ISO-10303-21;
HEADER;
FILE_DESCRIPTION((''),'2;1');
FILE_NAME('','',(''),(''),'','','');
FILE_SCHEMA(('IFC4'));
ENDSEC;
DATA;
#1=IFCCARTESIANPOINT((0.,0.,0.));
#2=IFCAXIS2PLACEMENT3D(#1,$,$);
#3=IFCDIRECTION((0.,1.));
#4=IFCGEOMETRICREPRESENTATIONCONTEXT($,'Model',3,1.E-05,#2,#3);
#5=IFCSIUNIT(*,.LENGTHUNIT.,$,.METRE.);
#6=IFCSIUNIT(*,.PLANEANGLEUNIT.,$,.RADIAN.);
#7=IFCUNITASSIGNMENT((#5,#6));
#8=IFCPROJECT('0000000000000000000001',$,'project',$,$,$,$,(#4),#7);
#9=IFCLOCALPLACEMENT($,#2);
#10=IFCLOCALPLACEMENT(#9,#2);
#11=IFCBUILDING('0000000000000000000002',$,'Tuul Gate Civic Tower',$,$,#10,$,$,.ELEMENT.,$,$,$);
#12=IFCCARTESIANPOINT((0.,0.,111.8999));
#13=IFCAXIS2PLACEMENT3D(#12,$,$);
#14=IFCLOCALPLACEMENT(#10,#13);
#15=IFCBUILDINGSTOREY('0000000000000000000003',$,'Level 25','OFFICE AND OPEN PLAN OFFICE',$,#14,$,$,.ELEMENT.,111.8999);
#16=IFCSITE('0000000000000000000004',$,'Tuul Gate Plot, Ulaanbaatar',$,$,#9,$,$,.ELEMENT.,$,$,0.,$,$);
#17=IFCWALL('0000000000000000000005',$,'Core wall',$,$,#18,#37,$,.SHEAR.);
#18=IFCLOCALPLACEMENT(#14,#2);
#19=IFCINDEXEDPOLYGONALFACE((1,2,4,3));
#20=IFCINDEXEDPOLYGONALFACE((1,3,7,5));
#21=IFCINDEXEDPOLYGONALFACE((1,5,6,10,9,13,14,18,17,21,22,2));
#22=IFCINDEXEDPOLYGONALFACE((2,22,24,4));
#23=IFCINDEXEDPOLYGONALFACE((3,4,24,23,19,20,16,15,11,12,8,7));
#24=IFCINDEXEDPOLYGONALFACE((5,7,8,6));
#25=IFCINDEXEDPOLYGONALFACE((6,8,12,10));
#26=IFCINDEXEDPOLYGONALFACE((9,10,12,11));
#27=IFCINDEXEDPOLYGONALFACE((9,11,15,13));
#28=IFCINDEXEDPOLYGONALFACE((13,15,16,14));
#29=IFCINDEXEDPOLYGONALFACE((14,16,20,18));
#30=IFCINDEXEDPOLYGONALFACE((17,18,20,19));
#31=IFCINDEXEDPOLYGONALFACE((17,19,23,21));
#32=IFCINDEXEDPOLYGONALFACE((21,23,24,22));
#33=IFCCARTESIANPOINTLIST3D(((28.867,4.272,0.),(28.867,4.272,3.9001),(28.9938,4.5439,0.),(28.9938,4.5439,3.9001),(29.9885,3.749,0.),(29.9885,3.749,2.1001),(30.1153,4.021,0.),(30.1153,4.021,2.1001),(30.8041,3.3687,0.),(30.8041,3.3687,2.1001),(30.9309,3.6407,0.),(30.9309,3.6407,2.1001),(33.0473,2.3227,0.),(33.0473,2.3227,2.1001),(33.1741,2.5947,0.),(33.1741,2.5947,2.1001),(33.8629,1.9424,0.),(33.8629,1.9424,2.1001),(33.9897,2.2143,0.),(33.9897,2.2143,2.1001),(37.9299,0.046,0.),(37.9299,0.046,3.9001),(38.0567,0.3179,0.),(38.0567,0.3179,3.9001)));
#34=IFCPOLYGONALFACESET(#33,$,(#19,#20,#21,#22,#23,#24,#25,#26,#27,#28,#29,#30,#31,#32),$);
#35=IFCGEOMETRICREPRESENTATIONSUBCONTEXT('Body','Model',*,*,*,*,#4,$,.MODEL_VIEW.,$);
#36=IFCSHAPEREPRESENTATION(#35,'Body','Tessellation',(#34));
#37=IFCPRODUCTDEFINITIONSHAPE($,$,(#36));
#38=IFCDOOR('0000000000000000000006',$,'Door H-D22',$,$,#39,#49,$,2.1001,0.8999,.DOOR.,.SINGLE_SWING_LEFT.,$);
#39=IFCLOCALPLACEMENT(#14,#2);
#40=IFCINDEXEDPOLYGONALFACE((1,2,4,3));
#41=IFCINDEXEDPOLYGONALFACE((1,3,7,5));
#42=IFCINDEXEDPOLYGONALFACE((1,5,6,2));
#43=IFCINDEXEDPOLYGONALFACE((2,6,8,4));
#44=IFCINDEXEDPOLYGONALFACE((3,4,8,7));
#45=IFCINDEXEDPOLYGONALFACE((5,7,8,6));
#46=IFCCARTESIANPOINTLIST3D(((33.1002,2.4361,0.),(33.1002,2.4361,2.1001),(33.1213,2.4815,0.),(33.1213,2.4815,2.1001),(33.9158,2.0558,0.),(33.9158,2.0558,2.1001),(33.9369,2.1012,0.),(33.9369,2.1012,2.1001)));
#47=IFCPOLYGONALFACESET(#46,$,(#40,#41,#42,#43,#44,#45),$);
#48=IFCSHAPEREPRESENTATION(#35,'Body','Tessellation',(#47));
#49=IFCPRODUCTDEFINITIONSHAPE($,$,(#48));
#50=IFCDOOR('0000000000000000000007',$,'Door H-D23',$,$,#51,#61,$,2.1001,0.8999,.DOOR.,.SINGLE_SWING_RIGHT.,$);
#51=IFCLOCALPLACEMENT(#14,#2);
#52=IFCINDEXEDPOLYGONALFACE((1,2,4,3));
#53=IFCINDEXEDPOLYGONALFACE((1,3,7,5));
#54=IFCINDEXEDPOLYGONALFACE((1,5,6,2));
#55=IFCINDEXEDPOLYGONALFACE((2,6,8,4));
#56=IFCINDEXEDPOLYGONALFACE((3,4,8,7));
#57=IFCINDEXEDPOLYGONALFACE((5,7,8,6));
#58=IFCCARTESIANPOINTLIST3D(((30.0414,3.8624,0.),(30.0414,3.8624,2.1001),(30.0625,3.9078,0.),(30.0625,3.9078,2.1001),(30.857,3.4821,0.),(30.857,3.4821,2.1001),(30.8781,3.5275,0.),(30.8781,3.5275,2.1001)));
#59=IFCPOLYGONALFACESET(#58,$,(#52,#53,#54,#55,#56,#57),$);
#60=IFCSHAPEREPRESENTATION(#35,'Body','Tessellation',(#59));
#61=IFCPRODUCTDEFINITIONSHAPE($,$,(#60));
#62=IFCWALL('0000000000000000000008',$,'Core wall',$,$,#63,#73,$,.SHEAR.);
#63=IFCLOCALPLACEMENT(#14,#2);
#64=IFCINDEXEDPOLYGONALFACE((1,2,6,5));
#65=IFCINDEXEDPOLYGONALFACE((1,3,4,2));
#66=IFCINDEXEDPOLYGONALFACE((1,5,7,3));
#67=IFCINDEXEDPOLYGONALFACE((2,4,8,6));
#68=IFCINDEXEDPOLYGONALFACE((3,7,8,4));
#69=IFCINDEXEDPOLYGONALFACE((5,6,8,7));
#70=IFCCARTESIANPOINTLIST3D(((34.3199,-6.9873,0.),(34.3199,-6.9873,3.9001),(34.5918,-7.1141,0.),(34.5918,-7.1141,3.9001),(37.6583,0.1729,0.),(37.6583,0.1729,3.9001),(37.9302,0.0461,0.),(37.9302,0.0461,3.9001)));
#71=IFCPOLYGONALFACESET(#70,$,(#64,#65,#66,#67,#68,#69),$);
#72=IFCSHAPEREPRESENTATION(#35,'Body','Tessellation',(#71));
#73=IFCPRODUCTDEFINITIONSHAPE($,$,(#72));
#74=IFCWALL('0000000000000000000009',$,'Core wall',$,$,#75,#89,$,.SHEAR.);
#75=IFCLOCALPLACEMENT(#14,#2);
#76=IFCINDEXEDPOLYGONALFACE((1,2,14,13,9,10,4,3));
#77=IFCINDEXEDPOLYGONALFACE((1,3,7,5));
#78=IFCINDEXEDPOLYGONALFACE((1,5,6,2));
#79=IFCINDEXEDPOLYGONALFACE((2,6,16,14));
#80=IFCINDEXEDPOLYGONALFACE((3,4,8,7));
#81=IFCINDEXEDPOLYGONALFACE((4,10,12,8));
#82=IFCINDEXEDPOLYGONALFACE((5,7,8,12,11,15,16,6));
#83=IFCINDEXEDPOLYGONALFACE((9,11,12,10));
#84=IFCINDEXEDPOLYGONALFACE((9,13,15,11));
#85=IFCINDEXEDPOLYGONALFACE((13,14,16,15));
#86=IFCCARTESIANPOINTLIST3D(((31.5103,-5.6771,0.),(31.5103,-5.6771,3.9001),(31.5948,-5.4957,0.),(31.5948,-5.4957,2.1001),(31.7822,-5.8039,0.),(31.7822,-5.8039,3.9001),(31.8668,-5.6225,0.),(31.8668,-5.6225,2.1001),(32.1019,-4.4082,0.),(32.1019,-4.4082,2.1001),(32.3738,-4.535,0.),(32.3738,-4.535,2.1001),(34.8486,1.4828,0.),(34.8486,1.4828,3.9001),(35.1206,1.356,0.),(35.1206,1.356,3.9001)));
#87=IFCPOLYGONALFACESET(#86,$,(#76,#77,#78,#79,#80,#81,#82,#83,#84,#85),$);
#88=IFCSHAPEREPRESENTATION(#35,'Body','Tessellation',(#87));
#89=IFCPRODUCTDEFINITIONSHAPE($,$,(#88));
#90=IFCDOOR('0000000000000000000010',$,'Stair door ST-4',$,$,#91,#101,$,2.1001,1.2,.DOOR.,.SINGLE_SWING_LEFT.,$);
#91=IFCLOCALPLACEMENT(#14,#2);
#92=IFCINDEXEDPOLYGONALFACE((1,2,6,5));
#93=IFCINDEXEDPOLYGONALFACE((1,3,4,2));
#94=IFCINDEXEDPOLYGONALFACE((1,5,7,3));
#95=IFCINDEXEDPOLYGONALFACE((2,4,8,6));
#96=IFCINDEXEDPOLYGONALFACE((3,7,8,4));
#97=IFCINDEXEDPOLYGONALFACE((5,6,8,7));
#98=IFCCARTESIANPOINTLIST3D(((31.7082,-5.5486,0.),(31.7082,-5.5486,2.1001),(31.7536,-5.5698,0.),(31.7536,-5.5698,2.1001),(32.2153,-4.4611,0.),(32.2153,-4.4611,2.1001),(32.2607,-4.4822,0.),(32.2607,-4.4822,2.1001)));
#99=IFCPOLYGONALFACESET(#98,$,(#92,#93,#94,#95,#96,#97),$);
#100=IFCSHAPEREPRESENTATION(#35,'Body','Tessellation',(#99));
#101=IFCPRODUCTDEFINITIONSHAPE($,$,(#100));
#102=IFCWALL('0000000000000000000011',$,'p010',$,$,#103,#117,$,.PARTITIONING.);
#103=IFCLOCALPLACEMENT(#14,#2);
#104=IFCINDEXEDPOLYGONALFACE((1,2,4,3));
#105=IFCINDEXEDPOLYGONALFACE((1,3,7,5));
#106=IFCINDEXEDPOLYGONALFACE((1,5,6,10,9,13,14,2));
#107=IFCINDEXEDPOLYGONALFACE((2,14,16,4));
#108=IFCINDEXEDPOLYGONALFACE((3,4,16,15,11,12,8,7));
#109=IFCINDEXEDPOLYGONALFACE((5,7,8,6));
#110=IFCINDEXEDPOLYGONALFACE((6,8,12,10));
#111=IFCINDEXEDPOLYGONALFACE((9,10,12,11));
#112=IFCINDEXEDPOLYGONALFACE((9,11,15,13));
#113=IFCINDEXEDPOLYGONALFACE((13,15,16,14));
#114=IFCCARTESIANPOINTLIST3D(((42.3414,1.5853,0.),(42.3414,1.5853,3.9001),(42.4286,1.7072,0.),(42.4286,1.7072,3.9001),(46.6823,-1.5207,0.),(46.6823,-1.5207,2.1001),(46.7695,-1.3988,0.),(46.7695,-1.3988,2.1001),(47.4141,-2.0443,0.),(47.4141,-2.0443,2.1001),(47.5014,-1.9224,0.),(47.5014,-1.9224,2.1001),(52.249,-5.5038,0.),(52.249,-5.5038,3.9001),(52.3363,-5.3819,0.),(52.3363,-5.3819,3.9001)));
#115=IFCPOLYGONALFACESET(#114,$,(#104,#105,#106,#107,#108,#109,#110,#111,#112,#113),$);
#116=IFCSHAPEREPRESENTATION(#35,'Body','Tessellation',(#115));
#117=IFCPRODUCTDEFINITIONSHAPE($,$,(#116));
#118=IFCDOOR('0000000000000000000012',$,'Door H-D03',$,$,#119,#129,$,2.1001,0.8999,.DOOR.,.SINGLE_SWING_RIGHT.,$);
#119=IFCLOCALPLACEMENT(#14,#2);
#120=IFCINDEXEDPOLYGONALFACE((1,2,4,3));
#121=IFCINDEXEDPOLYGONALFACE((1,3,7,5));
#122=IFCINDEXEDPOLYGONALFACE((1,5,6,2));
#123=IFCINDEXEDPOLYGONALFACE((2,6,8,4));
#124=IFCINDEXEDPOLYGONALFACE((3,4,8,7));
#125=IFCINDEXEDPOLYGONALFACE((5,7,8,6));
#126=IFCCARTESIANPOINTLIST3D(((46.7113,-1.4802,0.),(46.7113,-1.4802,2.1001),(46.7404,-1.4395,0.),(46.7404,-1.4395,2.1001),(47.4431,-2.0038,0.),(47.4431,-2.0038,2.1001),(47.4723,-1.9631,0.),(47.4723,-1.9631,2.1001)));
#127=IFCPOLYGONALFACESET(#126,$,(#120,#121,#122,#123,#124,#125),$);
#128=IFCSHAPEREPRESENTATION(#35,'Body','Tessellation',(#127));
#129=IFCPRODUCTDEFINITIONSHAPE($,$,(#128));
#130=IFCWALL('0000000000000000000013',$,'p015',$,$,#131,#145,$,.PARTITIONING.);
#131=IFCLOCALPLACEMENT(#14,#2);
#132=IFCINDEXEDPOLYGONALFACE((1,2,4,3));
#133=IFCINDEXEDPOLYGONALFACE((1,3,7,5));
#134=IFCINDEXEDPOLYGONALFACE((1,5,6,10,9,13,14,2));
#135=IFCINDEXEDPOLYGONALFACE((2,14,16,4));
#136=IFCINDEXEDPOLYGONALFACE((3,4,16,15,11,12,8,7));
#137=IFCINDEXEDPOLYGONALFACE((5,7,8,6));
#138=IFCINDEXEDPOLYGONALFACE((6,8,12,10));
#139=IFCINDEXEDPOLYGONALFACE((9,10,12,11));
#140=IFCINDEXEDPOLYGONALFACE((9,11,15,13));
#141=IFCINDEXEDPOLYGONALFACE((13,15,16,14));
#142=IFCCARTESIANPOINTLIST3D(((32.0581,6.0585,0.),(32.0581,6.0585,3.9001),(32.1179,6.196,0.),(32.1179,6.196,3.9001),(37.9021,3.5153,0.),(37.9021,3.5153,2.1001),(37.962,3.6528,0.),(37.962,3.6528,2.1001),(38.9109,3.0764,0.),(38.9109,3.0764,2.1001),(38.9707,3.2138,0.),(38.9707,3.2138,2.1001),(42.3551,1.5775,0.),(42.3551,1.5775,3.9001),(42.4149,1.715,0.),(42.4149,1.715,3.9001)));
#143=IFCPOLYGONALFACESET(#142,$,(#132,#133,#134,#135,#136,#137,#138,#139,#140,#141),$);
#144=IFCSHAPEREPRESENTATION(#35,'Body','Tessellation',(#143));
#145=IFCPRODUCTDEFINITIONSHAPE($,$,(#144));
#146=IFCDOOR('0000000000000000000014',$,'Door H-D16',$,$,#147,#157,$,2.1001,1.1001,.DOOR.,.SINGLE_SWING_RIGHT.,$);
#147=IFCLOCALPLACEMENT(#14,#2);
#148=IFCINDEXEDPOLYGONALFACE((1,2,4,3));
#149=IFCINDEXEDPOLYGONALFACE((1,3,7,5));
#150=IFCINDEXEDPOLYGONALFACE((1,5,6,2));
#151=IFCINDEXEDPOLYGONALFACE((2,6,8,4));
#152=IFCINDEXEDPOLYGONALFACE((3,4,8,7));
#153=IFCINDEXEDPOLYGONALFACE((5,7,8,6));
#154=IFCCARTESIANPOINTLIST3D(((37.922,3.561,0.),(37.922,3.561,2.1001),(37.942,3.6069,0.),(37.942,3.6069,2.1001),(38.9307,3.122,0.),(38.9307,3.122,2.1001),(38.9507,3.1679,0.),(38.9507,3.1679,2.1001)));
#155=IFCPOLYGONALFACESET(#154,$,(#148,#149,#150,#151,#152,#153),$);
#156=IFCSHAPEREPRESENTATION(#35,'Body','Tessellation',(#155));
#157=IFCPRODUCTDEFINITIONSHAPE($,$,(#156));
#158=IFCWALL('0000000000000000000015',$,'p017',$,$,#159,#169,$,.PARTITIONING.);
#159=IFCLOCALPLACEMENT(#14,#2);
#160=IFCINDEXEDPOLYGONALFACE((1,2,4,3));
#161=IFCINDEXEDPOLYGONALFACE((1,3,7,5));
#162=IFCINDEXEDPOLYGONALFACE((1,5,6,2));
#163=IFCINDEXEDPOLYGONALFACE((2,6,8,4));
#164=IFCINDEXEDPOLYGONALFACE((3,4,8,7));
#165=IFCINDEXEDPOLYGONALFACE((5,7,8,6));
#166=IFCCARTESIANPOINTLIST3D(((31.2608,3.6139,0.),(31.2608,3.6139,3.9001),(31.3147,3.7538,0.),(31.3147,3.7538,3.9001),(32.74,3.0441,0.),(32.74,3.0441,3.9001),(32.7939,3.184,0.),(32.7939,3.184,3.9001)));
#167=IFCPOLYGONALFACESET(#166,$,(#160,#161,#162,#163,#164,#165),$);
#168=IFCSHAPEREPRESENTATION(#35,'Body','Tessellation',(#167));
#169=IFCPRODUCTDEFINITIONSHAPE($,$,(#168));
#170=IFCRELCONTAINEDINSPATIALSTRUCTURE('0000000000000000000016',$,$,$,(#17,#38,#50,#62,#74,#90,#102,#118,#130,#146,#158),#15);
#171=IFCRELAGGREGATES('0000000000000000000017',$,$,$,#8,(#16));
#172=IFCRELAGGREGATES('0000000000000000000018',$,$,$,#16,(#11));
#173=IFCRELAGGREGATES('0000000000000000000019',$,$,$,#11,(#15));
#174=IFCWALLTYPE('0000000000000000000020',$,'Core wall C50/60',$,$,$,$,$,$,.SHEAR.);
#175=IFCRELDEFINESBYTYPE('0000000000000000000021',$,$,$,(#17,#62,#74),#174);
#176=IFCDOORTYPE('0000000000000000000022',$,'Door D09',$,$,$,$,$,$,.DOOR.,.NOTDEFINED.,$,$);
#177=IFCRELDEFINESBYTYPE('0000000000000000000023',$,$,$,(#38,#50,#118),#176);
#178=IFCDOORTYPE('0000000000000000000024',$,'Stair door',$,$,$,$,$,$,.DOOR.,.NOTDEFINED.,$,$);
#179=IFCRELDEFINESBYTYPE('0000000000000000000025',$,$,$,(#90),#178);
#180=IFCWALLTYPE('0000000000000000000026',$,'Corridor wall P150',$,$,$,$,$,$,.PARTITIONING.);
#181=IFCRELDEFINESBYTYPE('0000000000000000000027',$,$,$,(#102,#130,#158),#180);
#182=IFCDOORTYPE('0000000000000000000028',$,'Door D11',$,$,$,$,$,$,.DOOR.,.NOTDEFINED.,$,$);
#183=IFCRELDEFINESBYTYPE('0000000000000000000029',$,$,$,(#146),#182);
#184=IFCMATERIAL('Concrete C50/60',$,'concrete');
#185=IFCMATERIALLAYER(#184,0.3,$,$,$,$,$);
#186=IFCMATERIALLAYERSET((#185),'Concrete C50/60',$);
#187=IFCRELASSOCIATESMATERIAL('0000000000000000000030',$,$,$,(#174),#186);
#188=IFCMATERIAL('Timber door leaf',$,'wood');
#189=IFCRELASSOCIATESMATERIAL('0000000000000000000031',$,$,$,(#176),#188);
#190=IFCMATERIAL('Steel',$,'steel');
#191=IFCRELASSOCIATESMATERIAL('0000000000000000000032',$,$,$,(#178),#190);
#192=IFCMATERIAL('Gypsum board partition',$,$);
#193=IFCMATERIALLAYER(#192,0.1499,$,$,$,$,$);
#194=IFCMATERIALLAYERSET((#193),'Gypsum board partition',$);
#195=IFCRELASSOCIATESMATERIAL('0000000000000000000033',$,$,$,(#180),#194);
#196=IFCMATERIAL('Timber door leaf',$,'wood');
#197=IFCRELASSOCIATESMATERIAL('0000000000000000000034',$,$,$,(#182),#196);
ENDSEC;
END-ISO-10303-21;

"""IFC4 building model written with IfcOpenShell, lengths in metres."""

from ifc_helpers import new_model, si_unit, direction, frame, frame_2d, origin, place, context, subcontext, project, spatial, rectangle, extrude, material, layer, layer_set, type_object, element, fill, save


model = new_model("IFC4")

# Units and contexts
model_context = context("Model", 3, precision=1e-05, world=origin(), true_north=direction((0.0, 1.0)))
body_context = subcontext(model_context, "Body", "Model", "MODEL_VIEW")
ifc_project = project(units=[si_unit("LENGTHUNIT", "METRE"), si_unit("PLANEANGLEUNIT", "RADIAN")], contexts=[model_context])

# Site, building, storey
site_placement = place(None, origin())
site = spatial("IfcSite", under=ifc_project, at=site_placement, Name="Tuul Gate Plot, Ulaanbaatar", CompositionType="ELEMENT", RefElevation=0.0)
building_placement = place(site_placement, origin())
building = spatial("IfcBuilding", under=site, at=building_placement, Name="Tuul Gate Civic Tower", CompositionType="ELEMENT")
storey_placement = place(building_placement, frame((0.0, 0.0, 111.8999)))
storey = spatial("IfcBuildingStorey", under=building, at=storey_placement, Name="Level 25", Description="OFFICE AND OPEN PLAN OFFICE", CompositionType="ELEMENT", Elevation=111.8999)

# Shared definitions
ifc_material_1 = material(Name="Concrete C50/60", Category="concrete")
ifc_layer_1 = layer(ifc_material_1, 0.3)
ifc_layer_set_1 = layer_set([ifc_layer_1], Name="Concrete C50/60")
wall_type_1 = type_object("IfcWallType", Name="Core wall C50/60", PredefinedType="SHEAR", material=ifc_layer_set_1)

# Wall, openings, doors
wall_1_placement = place(storey_placement, frame((37.9934, 0.1819, 0.0), z_axis=(0.0, 0.0, 1.0), x_axis=(-0.90631, 0.422613, 0.0)))
wall_1 = element("IfcWall", 1, at=wall_1_placement, inside=storey, type_object=wall_type_1, Name="Core wall", PredefinedType="SHEAR", context=body_context, shape_type="SweptSolid", body=[
    extrude(rectangle(XDim=9.9998, YDim=0.3, at=frame_2d((5.0, 0.0))), origin(), (0.0, 0.0, 1.0), 3.9001),
])
opening_1_placement = place(wall_1_placement, frame((4.4875, 0.0, 0.0)))
opening_1 = element("IfcOpeningElement", 2, at=opening_1_placement, cuts=wall_1, PredefinedType="OPENING", context=body_context, shape_type="SweptSolid", body=[
    extrude(rectangle(XDim=0.8999, YDim=2.1001, at=frame_2d((0.45, 1.05))), frame((0.0, 0.1602, 0.0), z_axis=(0.0, -1.0, 0.0), x_axis=(1.0, 0.0, 0.0)), (0.0, 0.0, 1.0), 0.3201),
])
opening_2_placement = place(wall_1_placement, frame((7.8625, 0.0, 0.0)))
opening_2 = element("IfcOpeningElement", 3, at=opening_2_placement, cuts=wall_1, PredefinedType="OPENING", context=body_context, shape_type="SweptSolid", body=[
    extrude(rectangle(XDim=0.8999, YDim=2.1001, at=frame_2d((0.45, 1.05))), frame((0.0, 0.1602, 0.0), z_axis=(0.0, -1.0, 0.0), x_axis=(1.0, 0.0, 0.0)), (0.0, 0.0, 1.0), 0.3201),
])
ifc_material_2 = material(Name="Timber door leaf", Category="wood")
door_type_1 = type_object("IfcDoorType", Name="Door D09", OperationType="NOTDEFINED", PredefinedType="DOOR", material=ifc_material_2)
door_1_placement = place(opening_1_placement, origin())
door_1 = element("IfcDoor", 4, at=door_1_placement, inside=storey, type_object=door_type_1, Name="Door H-D22", OperationType="SINGLE_SWING_LEFT", OverallHeight=2.1001, OverallWidth=0.8999, PredefinedType="DOOR", context=body_context, shape_type="SweptSolid", body=[
    extrude(rectangle(XDim=0.8999, YDim=2.1001, at=frame_2d((0.45, 1.05))), frame((0.0, 0.0249, 0.0), z_axis=(0.0, -1.0, 0.0), x_axis=(1.0, 0.0, 0.0)), (0.0, 0.0, 1.0), 0.05),
])
fill(opening_1, door_1)
door_2_placement = place(opening_2_placement, origin())
door_2 = element("IfcDoor", 5, at=door_2_placement, inside=storey, type_object=door_type_1, Name="Door H-D23", OperationType="SINGLE_SWING_RIGHT", OverallHeight=2.1001, OverallWidth=0.8999, PredefinedType="DOOR", context=body_context, shape_type="SweptSolid", body=[
    extrude(rectangle(XDim=0.8999, YDim=2.1001, at=frame_2d((0.45, 1.05))), frame((0.0, 0.0249, 0.0), z_axis=(0.0, -1.0, 0.0), x_axis=(1.0, 0.0, 0.0)), (0.0, 0.0, 1.0), 0.05),
])
fill(opening_2, door_2)

# Wall
wall_2_placement = place(storey_placement, frame((34.4558, -7.0508, 0.0), z_axis=(0.0, 0.0, 1.0), x_axis=(0.422571, 0.90633, 0.0)))
element("IfcWall", 6, at=wall_2_placement, inside=storey, type_object=wall_type_1, Name="Core wall", PredefinedType="SHEAR", context=body_context, shape_type="SweptSolid", body=[
    extrude(rectangle(XDim=7.9001, YDim=0.3, at=frame_2d((3.9502, 0.0))), origin(), (0.0, 0.0, 1.0), 3.9001),
])

# Walls, openings, doors
wall_3_placement = place(storey_placement, frame((31.6462, -5.7405, 0.0), z_axis=(0.0, 0.0, 1.0), x_axis=(0.422583, 0.906324, 0.0)))
wall_3 = element("IfcWall", 7, at=wall_3_placement, inside=storey, type_object=wall_type_1, Name="Core wall", PredefinedType="SHEAR", context=body_context, shape_type="SweptSolid", body=[
    extrude(rectangle(XDim=7.8999, YDim=0.3, at=frame_2d((3.95, 0.0))), origin(), (0.0, 0.0, 1.0), 3.9001),
])
opening_3_placement = place(wall_3_placement, frame((0.2, 0.0, 0.0)))
opening_3 = element("IfcOpeningElement", 8, at=opening_3_placement, cuts=wall_3, PredefinedType="OPENING", context=body_context, shape_type="SweptSolid", body=[
    extrude(rectangle(XDim=1.2, YDim=2.1001, at=frame_2d((0.6001, 1.05))), frame((0.0, 0.1602, 0.0), z_axis=(0.0, -1.0, 0.0), x_axis=(1.0, 0.0, 0.0)), (0.0, 0.0, 1.0), 0.3201),
])
ifc_material_3 = material(Name="Steel", Category="steel")
door_type_2 = type_object("IfcDoorType", Name="Stair door", OperationType="NOTDEFINED", PredefinedType="DOOR", material=ifc_material_3)
door_3_placement = place(opening_3_placement, origin())
door_3 = element("IfcDoor", 9, at=door_3_placement, inside=storey, type_object=door_type_2, Name="Stair door ST-4", OperationType="SINGLE_SWING_LEFT", OverallHeight=2.1001, OverallWidth=1.2, PredefinedType="DOOR", context=body_context, shape_type="SweptSolid", body=[
    extrude(rectangle(XDim=1.2, YDim=2.1001, at=frame_2d((0.6001, 1.05))), frame((0.0, 0.0249, 0.0), z_axis=(0.0, -1.0, 0.0), x_axis=(1.0, 0.0, 0.0)), (0.0, 0.0, 1.0), 0.05),
])
fill(opening_3, door_3)
ifc_material_4 = material(Name="Gypsum board partition")
ifc_layer_2 = layer(ifc_material_4, 0.1499)
ifc_layer_set_2 = layer_set([ifc_layer_2], Name="Gypsum board partition")
wall_type_2 = type_object("IfcWallType", Name="Corridor wall P150", PredefinedType="PARTITIONING", material=ifc_layer_set_2)
wall_4_placement = place(storey_placement, frame((42.385, 1.6462, 0.0), z_axis=(0.0, 0.0, 1.0), x_axis=(0.813261, -0.5819, 0.0)))
wall_4 = element("IfcWall", 10, at=wall_4_placement, inside=storey, type_object=wall_type_2, Name="p010", PredefinedType="PARTITIONING", context=body_context, shape_type="SweptSolid", body=[
    extrude(rectangle(XDim=12.1826, YDim=0.1499, at=frame_2d((6.0913, 0.0))), origin(), (0.0, 0.0, 1.0), 3.9001),
])
opening_4_placement = place(wall_4_placement, frame((5.3376, 0.0, 0.0)))
opening_4 = element("IfcOpeningElement", 11, at=opening_4_placement, cuts=wall_4, PredefinedType="OPENING", context=body_context, shape_type="SweptSolid", body=[
    extrude(rectangle(XDim=0.8999, YDim=2.1001, at=frame_2d((0.45, 1.05))), frame((0.0, 0.085, 0.0), z_axis=(0.0, -1.0, 0.0), x_axis=(1.0, 0.0, 0.0)), (0.0, 0.0, 1.0), 0.1699),
])
door_4_placement = place(opening_4_placement, origin())
door_4 = element("IfcDoor", 12, at=door_4_placement, inside=storey, type_object=door_type_1, Name="Door H-D03", OperationType="SINGLE_SWING_RIGHT", OverallHeight=2.1001, OverallWidth=0.8999, PredefinedType="DOOR", context=body_context, shape_type="SweptSolid", body=[
    extrude(rectangle(XDim=0.8999, YDim=2.1001, at=frame_2d((0.45, 1.05))), frame((0.0, 0.0249, 0.0), z_axis=(0.0, -1.0, 0.0), x_axis=(1.0, 0.0, 0.0)), (0.0, 0.0, 1.0), 0.05),
])
fill(opening_4, door_4)
wall_5_placement = place(storey_placement, frame((32.0881, 6.1272, 0.0), z_axis=(0.0, 0.0, 1.0), x_axis=(0.916938, -0.39903, 0.0)))
wall_5 = element("IfcWall", 13, at=wall_5_placement, inside=storey, type_object=wall_type_2, Name="p015", PredefinedType="PARTITIONING", context=body_context, shape_type="SweptSolid", body=[
    extrude(rectangle(XDim=11.2297, YDim=0.1499, at=frame_2d((5.6147, 0.0))), origin(), (0.0, 0.0, 1.0), 3.9001),
])
opening_5_placement = place(wall_5_placement, frame((6.3733, 0.0, 0.0)))
opening_5 = element("IfcOpeningElement", 14, at=opening_5_placement, cuts=wall_5, PredefinedType="OPENING", context=body_context, shape_type="SweptSolid", body=[
    extrude(rectangle(XDim=1.1001, YDim=2.1001, at=frame_2d((0.55, 1.05))), frame((0.0, 0.085, 0.0), z_axis=(0.0, -1.0, 0.0), x_axis=(1.0, 0.0, 0.0)), (0.0, 0.0, 1.0), 0.1699),
])
ifc_material_5 = material(Name="Timber door leaf", Category="wood")
door_type_3 = type_object("IfcDoorType", Name="Door D11", OperationType="NOTDEFINED", PredefinedType="DOOR", material=ifc_material_5)
door_5_placement = place(opening_5_placement, origin())
door_5 = element("IfcDoor", 15, at=door_5_placement, inside=storey, type_object=door_type_3, Name="Door H-D16", OperationType="SINGLE_SWING_RIGHT", OverallHeight=2.1001, OverallWidth=1.1001, PredefinedType="DOOR", context=body_context, shape_type="SweptSolid", body=[
    extrude(rectangle(XDim=1.1001, YDim=2.1001, at=frame_2d((0.55, 1.05))), frame((0.0, 0.0249, 0.0), z_axis=(0.0, -1.0, 0.0), x_axis=(1.0, 0.0, 0.0)), (0.0, 0.0, 1.0), 0.05),
])
fill(opening_5, door_5)

# Wall
wall_6_placement = place(storey_placement, frame((31.2878, 3.6838, 0.0), z_axis=(0.0, 0.0, 1.0), x_axis=(0.933159, -0.359464, 0.0)))
element("IfcWall", 16, at=wall_6_placement, inside=storey, type_object=wall_type_2, Name="p017", PredefinedType="PARTITIONING", context=body_context, shape_type="SweptSolid", body=[
    extrude(rectangle(XDim=1.5852, YDim=0.1499, at=frame_2d((0.7925, 0.0))), origin(), (0.0, 0.0, 1.0), 3.9001),
])

save(model, "model.ifc")
